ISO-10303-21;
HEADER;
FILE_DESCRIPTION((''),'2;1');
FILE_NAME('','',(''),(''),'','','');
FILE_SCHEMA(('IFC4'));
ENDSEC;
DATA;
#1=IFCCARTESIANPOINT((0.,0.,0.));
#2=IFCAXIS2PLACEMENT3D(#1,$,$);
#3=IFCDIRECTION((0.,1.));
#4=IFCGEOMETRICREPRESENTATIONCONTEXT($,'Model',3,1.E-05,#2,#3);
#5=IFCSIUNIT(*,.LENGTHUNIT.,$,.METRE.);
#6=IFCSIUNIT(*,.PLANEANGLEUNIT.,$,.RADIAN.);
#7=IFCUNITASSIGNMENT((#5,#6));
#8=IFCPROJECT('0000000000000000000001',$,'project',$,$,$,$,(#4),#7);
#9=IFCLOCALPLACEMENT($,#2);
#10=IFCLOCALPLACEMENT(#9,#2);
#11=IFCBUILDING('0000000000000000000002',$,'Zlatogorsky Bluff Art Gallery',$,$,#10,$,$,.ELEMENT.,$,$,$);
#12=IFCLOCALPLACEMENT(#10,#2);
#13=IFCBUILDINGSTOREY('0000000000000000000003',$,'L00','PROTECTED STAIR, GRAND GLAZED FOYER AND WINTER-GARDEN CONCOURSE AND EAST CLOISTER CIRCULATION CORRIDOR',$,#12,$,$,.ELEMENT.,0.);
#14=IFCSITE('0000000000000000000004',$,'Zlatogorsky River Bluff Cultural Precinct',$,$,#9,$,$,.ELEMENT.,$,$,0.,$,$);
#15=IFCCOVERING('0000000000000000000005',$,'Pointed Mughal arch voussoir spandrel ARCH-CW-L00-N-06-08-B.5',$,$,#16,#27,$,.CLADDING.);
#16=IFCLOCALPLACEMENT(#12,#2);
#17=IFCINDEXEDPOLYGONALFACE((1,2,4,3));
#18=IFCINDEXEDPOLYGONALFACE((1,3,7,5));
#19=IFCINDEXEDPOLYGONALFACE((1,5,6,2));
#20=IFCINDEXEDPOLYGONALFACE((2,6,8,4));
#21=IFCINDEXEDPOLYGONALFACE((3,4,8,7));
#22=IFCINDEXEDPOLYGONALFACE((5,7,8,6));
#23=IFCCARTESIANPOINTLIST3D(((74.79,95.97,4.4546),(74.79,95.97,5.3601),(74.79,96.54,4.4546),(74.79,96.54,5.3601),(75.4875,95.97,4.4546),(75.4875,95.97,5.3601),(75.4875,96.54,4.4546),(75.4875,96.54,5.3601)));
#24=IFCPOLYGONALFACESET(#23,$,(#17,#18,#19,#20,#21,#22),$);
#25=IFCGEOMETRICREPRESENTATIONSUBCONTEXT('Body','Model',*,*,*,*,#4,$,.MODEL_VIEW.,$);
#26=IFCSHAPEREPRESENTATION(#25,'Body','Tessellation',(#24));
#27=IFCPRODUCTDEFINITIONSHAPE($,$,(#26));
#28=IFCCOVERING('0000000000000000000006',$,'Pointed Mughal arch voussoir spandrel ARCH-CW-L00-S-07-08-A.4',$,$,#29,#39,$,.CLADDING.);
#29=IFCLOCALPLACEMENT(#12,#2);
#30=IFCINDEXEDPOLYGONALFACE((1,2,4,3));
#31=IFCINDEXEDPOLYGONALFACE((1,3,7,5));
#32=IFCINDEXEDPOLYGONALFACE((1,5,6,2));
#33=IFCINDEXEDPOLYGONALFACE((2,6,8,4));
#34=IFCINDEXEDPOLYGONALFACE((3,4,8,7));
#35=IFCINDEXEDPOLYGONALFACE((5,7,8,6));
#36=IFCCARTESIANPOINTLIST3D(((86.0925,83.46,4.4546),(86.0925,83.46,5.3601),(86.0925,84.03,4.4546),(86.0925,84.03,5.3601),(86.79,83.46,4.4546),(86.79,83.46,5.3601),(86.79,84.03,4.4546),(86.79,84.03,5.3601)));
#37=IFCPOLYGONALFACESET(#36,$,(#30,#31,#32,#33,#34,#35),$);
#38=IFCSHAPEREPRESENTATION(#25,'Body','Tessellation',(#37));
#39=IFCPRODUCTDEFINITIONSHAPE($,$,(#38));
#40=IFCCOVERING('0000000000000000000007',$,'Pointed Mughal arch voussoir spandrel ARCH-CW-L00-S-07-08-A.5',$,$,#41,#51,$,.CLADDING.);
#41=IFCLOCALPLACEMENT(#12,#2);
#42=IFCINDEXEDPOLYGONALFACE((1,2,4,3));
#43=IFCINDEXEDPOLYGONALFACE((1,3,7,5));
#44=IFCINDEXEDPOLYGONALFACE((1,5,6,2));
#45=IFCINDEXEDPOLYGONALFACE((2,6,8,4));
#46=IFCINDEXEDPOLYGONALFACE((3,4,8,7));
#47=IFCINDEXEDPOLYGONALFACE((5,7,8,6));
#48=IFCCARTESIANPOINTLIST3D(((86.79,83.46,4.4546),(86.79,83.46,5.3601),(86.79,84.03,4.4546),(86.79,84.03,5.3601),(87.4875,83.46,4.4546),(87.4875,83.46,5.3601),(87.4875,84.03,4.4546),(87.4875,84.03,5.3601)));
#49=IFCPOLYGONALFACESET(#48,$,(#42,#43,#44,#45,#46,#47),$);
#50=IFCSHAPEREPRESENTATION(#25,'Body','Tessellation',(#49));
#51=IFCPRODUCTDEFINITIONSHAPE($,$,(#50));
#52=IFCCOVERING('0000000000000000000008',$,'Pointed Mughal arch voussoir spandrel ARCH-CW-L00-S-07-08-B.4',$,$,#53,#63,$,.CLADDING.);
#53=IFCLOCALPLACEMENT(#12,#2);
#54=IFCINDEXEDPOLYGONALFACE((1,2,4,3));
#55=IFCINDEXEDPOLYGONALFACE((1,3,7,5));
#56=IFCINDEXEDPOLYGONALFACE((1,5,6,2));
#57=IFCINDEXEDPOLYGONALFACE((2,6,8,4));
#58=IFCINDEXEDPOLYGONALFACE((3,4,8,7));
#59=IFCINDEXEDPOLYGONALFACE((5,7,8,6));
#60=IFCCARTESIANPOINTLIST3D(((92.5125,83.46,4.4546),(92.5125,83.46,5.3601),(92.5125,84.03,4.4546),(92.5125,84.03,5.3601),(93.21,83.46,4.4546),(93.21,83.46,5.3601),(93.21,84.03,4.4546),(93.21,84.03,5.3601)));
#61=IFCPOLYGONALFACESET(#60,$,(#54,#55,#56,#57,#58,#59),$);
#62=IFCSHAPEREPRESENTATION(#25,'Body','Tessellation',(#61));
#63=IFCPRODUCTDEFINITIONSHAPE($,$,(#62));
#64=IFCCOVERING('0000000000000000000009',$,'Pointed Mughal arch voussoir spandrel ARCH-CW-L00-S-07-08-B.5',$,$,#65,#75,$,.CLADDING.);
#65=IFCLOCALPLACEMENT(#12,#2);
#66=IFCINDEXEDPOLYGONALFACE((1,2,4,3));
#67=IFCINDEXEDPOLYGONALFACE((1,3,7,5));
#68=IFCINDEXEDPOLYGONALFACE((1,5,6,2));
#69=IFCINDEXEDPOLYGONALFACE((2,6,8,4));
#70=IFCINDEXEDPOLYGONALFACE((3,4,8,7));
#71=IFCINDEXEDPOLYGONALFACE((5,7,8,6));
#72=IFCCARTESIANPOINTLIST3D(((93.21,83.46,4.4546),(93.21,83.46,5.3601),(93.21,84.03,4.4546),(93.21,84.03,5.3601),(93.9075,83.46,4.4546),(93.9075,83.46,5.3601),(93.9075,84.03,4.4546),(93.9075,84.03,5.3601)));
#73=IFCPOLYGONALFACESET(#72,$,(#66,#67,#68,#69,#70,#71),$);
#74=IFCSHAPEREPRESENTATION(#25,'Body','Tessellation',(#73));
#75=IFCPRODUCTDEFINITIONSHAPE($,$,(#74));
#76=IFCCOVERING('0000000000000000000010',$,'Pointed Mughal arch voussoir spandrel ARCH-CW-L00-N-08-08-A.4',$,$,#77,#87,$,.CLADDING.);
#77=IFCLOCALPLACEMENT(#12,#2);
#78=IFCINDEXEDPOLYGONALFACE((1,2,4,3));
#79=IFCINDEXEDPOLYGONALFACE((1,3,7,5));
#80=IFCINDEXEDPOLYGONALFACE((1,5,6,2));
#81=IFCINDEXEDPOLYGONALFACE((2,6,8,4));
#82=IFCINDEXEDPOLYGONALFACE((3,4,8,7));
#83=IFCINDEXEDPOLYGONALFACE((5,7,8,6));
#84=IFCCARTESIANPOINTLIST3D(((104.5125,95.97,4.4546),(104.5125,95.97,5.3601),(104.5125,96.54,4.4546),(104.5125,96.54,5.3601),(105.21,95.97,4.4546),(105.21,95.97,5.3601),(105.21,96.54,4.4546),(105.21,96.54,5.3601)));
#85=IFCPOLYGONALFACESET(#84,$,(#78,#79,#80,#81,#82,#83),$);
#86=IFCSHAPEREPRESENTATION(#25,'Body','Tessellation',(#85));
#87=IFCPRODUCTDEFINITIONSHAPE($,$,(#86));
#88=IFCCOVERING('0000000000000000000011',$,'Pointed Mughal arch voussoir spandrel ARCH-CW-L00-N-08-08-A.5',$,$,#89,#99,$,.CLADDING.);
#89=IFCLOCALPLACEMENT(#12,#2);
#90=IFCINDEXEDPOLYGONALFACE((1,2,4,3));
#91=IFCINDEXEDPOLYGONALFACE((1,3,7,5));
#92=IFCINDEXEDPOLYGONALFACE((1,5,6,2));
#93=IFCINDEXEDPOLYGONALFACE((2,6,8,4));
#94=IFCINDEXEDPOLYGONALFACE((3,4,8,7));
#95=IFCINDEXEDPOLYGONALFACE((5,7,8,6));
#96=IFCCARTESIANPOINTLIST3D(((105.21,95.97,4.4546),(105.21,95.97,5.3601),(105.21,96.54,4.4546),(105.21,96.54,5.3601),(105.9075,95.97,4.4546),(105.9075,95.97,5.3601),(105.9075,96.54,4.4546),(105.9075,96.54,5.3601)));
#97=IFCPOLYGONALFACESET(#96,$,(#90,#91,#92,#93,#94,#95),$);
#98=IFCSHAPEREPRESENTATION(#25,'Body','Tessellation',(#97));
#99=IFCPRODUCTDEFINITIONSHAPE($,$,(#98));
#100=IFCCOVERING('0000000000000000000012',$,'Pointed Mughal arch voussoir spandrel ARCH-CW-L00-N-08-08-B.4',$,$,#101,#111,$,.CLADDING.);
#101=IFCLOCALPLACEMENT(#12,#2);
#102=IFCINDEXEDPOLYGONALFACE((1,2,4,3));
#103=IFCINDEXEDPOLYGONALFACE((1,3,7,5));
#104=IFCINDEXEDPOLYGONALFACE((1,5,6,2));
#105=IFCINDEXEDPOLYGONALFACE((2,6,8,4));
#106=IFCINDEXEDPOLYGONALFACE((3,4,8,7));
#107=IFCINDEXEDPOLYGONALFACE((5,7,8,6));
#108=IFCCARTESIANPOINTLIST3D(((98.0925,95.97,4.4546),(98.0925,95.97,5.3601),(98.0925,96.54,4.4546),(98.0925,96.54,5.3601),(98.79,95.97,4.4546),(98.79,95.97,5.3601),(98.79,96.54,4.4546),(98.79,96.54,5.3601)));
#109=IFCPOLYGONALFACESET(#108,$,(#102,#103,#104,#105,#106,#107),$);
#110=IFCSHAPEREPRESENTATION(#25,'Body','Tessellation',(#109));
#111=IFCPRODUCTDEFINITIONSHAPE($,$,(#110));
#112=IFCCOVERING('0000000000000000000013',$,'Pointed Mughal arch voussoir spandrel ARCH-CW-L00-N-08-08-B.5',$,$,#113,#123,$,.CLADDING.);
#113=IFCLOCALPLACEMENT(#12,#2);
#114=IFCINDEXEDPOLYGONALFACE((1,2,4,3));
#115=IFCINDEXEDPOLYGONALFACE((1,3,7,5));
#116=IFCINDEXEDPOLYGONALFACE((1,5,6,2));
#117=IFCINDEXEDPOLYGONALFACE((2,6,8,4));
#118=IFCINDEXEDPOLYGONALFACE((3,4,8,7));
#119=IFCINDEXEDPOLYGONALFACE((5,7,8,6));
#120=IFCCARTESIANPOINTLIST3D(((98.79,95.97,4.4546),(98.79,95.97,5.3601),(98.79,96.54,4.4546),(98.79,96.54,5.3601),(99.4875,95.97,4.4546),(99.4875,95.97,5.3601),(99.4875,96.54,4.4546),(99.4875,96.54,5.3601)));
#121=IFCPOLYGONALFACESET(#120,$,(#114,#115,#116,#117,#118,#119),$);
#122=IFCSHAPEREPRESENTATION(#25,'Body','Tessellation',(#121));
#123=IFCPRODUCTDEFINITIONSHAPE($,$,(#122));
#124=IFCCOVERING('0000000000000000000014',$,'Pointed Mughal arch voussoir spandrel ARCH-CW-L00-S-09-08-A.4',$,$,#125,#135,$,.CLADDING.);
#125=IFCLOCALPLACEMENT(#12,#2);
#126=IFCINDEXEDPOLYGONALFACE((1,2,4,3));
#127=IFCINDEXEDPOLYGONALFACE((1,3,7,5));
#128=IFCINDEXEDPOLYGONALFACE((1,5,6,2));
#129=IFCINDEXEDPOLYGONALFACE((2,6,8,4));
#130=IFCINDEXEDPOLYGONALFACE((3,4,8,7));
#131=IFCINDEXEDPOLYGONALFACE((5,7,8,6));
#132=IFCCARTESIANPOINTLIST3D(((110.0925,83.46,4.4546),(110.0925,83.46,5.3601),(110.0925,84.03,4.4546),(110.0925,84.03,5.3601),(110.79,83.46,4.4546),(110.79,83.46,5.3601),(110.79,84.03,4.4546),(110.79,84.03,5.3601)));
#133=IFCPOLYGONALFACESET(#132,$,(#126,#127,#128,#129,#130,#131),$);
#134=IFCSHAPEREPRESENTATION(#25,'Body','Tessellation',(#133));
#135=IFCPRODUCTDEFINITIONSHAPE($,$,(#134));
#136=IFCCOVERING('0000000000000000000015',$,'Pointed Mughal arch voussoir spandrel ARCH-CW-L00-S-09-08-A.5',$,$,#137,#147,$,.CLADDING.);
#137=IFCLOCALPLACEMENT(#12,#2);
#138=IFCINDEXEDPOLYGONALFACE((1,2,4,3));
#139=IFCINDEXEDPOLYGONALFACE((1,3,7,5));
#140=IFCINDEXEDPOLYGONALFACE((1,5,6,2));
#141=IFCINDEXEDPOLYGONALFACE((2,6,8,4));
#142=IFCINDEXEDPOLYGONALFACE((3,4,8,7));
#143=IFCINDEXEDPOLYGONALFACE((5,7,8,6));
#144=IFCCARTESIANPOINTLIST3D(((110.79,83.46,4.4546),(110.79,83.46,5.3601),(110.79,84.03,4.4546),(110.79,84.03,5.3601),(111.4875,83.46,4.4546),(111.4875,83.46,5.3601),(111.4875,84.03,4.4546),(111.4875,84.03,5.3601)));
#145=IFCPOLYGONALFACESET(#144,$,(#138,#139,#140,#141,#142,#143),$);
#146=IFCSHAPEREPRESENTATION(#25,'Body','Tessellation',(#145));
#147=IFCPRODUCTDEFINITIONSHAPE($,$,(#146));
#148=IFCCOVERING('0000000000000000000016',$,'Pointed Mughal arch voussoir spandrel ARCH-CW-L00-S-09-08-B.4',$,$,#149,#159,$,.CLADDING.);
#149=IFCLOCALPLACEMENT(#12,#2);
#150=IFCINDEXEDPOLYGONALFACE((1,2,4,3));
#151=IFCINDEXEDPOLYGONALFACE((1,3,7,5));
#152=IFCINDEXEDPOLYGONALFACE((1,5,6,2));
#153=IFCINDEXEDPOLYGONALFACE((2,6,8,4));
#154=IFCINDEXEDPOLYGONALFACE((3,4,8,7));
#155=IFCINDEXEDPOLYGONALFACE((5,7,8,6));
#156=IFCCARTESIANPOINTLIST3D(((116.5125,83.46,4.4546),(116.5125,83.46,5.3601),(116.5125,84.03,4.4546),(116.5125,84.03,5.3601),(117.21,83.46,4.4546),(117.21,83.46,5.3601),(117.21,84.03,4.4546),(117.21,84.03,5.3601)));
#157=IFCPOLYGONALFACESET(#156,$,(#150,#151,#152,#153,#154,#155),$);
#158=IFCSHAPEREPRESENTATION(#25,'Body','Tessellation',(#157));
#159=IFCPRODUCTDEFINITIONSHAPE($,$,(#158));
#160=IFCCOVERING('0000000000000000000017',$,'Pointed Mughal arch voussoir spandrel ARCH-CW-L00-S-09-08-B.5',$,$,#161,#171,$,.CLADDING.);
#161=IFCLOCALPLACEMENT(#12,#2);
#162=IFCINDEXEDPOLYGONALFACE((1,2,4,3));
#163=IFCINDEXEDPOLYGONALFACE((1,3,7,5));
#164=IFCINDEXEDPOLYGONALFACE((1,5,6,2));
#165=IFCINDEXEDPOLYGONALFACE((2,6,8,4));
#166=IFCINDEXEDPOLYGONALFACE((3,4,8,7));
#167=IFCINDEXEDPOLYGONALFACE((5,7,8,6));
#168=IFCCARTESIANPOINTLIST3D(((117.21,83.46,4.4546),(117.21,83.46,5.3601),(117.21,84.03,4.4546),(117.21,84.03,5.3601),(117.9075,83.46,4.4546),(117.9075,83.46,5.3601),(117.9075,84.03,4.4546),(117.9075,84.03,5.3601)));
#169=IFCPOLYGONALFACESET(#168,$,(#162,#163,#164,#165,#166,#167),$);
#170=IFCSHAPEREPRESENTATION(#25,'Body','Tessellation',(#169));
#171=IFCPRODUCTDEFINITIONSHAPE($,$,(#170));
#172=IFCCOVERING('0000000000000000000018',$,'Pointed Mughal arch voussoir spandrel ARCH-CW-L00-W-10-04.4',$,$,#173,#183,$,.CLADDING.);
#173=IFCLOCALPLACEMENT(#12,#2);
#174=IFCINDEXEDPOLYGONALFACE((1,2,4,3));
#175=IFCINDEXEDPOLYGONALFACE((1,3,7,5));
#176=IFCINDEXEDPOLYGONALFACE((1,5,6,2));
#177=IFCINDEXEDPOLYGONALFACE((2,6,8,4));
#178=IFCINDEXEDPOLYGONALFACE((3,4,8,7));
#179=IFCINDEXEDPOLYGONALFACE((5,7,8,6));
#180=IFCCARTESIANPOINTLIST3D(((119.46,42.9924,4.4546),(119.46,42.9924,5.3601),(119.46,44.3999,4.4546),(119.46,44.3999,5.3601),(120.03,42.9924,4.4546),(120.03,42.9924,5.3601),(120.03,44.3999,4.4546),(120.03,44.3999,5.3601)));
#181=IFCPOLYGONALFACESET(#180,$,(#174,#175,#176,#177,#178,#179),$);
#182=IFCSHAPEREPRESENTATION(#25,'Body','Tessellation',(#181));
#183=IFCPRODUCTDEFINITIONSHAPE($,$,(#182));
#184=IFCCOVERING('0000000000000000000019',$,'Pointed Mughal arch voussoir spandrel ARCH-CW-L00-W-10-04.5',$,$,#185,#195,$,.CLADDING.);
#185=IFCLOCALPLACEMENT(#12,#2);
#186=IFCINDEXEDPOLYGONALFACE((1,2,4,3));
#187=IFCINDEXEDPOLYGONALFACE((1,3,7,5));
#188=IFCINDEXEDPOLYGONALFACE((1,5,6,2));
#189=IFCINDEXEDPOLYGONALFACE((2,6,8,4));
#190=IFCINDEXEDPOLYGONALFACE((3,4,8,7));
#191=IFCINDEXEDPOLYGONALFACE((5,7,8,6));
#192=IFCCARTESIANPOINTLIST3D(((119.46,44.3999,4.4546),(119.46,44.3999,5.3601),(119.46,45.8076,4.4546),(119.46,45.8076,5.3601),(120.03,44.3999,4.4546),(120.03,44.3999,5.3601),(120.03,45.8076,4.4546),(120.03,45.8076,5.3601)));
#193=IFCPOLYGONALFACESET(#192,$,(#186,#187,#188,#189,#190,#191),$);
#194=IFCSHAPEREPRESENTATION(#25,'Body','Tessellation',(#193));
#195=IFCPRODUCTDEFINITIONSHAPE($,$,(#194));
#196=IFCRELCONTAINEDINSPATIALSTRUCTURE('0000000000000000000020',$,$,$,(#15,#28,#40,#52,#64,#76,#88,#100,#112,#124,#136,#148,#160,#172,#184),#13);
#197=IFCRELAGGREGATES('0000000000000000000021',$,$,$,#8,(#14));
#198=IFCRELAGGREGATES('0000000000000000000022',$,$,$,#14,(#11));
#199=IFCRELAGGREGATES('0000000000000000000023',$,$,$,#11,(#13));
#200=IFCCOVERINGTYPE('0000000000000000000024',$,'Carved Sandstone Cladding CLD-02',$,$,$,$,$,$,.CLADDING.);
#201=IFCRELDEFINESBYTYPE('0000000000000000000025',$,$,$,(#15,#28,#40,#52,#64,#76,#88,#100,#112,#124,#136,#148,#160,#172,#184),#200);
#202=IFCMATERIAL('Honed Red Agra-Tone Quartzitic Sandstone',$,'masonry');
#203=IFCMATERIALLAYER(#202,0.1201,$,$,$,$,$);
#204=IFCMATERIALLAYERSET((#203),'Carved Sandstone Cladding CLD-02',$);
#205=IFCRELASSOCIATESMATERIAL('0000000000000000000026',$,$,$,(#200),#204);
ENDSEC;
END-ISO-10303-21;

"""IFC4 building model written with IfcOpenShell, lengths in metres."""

from ifc_helpers import new_model, si_unit, direction, frame, origin, place, context, subcontext, project, spatial, polyline, outline, extrude, material, layer, layer_set, type_object, element, save


model = new_model("IFC4")

# Units and contexts
model_context = context("Model", 3, precision=1e-05, world=origin(), true_north=direction((0.0, 1.0)))
body_context = subcontext(model_context, "Body", "Model", "MODEL_VIEW")
ifc_project = project(units=[si_unit("LENGTHUNIT", "METRE"), si_unit("PLANEANGLEUNIT", "RADIAN")], contexts=[model_context])

# Site, building, storey
site_placement = place(None, origin())
site = spatial("IfcSite", under=ifc_project, at=site_placement, Name="Zlatogorsky River Bluff Cultural Precinct", CompositionType="ELEMENT", RefElevation=0.0)
building_placement = place(site_placement, origin())
building = spatial("IfcBuilding", under=site, at=building_placement, Name="Zlatogorsky Bluff Art Gallery", CompositionType="ELEMENT")
storey_placement = place(building_placement, origin())
storey = spatial("IfcBuildingStorey", under=building, at=storey_placement, Name="L00", Description="PROTECTED STAIR, GRAND GLAZED FOYER AND WINTER-GARDEN CONCOURSE AND EAST CLOISTER CIRCULATION CORRIDOR", CompositionType="ELEMENT", Elevation=0.0)

# Coverings
ifc_material = material(Name="Honed Red Agra-Tone Quartzitic Sandstone", Category="masonry")
ifc_layer = layer(ifc_material, 0.1201)
ifc_layer_set = layer_set([ifc_layer], Name="Carved Sandstone Cladding CLD-02")
covering_type = type_object("IfcCoveringType", Name="Carved Sandstone Cladding CLD-02", PredefinedType="CLADDING", material=ifc_layer_set)
covering_1_placement = place(storey_placement, frame((0.0, 0.0, 4.4546)))
element("IfcCovering", 1, at=covering_1_placement, inside=storey, type_object=covering_type, Name="Pointed Mughal arch voussoir spandrel ARCH-CW-L00-N-06-08-B.5", PredefinedType="CLADDING", context=body_context, shape_type="SweptSolid", body=[
    extrude(outline(polyline([(74.79, 95.97), (75.4875, 95.97), (75.4875, 96.54), (74.79, 96.54), (74.79, 95.97)])), origin(), (0.0, 0.0, 1.0), 0.9055),
])
covering_2_placement = place(storey_placement, frame((0.0, 0.0, 4.4546)))
element("IfcCovering", 2, at=covering_2_placement, inside=storey, type_object=covering_type, Name="Pointed Mughal arch voussoir spandrel ARCH-CW-L00-S-07-08-A.4", PredefinedType="CLADDING", context=body_context, shape_type="SweptSolid", body=[
    extrude(outline(polyline([(86.0925, 83.46), (86.79, 83.46), (86.79, 84.03), (86.0925, 84.03), (86.0925, 83.46)])), origin(), (0.0, 0.0, 1.0), 0.9055),
])
covering_3_placement = place(storey_placement, frame((0.0, 0.0, 4.4546)))
element("IfcCovering", 3, at=covering_3_placement, inside=storey, type_object=covering_type, Name="Pointed Mughal arch voussoir spandrel ARCH-CW-L00-S-07-08-A.5", PredefinedType="CLADDING", context=body_context, shape_type="SweptSolid", body=[
    extrude(outline(polyline([(86.79, 83.46), (87.4875, 83.46), (87.4875, 84.03), (86.79, 84.03), (86.79, 83.46)])), origin(), (0.0, 0.0, 1.0), 0.9055),
])
covering_4_placement = place(storey_placement, frame((0.0, 0.0, 4.4546)))
element("IfcCovering", 4, at=covering_4_placement, inside=storey, type_object=covering_type, Name="Pointed Mughal arch voussoir spandrel ARCH-CW-L00-S-07-08-B.4", PredefinedType="CLADDING", context=body_context, shape_type="SweptSolid", body=[
    extrude(outline(polyline([(92.5125, 83.46), (93.21, 83.46), (93.21, 84.03), (92.5125, 84.03), (92.5125, 83.46)])), origin(), (0.0, 0.0, 1.0), 0.9055),
])
covering_5_placement = place(storey_placement, frame((0.0, 0.0, 4.4546)))
element("IfcCovering", 5, at=covering_5_placement, inside=storey, type_object=covering_type, Name="Pointed Mughal arch voussoir spandrel ARCH-CW-L00-S-07-08-B.5", PredefinedType="CLADDING", context=body_context, shape_type="SweptSolid", body=[
    extrude(outline(polyline([(93.21, 83.46), (93.9075, 83.46), (93.9075, 84.03), (93.21, 84.03), (93.21, 83.46)])), origin(), (0.0, 0.0, 1.0), 0.9055),
])
covering_6_placement = place(storey_placement, frame((0.0, 0.0, 4.4546)))
element("IfcCovering", 6, at=covering_6_placement, inside=storey, type_object=covering_type, Name="Pointed Mughal arch voussoir spandrel ARCH-CW-L00-N-08-08-A.4", PredefinedType="CLADDING", context=body_context, shape_type="SweptSolid", body=[
    extrude(outline(polyline([(104.5125, 95.97), (105.21, 95.97), (105.21, 96.54), (104.5125, 96.54), (104.5125, 95.97)])), origin(), (0.0, 0.0, 1.0), 0.9055),
])
covering_7_placement = place(storey_placement, frame((0.0, 0.0, 4.4546)))
element("IfcCovering", 7, at=covering_7_placement, inside=storey, type_object=covering_type, Name="Pointed Mughal arch voussoir spandrel ARCH-CW-L00-N-08-08-A.5", PredefinedType="CLADDING", context=body_context, shape_type="SweptSolid", body=[
    extrude(outline(polyline([(105.21, 95.97), (105.9075, 95.97), (105.9075, 96.54), (105.21, 96.54), (105.21, 95.97)])), origin(), (0.0, 0.0, 1.0), 0.9055),
])
covering_8_placement = place(storey_placement, frame((0.0, 0.0, 4.4546)))
element("IfcCovering", 8, at=covering_8_placement, inside=storey, type_object=covering_type, Name="Pointed Mughal arch voussoir spandrel ARCH-CW-L00-N-08-08-B.4", PredefinedType="CLADDING", context=body_context, shape_type="SweptSolid", body=[
    extrude(outline(polyline([(98.0925, 95.97), (98.79, 95.97), (98.79, 96.54), (98.0925, 96.54), (98.0925, 95.97)])), origin(), (0.0, 0.0, 1.0), 0.9055),
])
covering_9_placement = place(storey_placement, frame((0.0, 0.0, 4.4546)))
element("IfcCovering", 9, at=covering_9_placement, inside=storey, type_object=covering_type, Name="Pointed Mughal arch voussoir spandrel ARCH-CW-L00-N-08-08-B.5", PredefinedType="CLADDING", context=body_context, shape_type="SweptSolid", body=[
    extrude(outline(polyline([(98.79, 95.97), (99.4875, 95.97), (99.4875, 96.54), (98.79, 96.54), (98.79, 95.97)])), origin(), (0.0, 0.0, 1.0), 0.9055),
])
covering_10_placement = place(storey_placement, frame((0.0, 0.0, 4.4546)))
element("IfcCovering", 10, at=covering_10_placement, inside=storey, type_object=covering_type, Name="Pointed Mughal arch voussoir spandrel ARCH-CW-L00-S-09-08-A.4", PredefinedType="CLADDING", context=body_context, shape_type="SweptSolid", body=[
    extrude(outline(polyline([(110.0925, 83.46), (110.79, 83.46), (110.79, 84.03), (110.0925, 84.03), (110.0925, 83.46)])), origin(), (0.0, 0.0, 1.0), 0.9055),
])
covering_11_placement = place(storey_placement, frame((0.0, 0.0, 4.4546)))
element("IfcCovering", 11, at=covering_11_placement, inside=storey, type_object=covering_type, Name="Pointed Mughal arch voussoir spandrel ARCH-CW-L00-S-09-08-A.5", PredefinedType="CLADDING", context=body_context, shape_type="SweptSolid", body=[
    extrude(outline(polyline([(110.79, 83.46), (111.4875, 83.46), (111.4875, 84.03), (110.79, 84.03), (110.79, 83.46)])), origin(), (0.0, 0.0, 1.0), 0.9055),
])
covering_12_placement = place(storey_placement, frame((0.0, 0.0, 4.4546)))
element("IfcCovering", 12, at=covering_12_placement, inside=storey, type_object=covering_type, Name="Pointed Mughal arch voussoir spandrel ARCH-CW-L00-S-09-08-B.4", PredefinedType="CLADDING", context=body_context, shape_type="SweptSolid", body=[
    extrude(outline(polyline([(116.5125, 83.46), (117.21, 83.46), (117.21, 84.03), (116.5125, 84.03), (116.5125, 83.46)])), origin(), (0.0, 0.0, 1.0), 0.9055),
])
covering_13_placement = place(storey_placement, frame((0.0, 0.0, 4.4546)))
element("IfcCovering", 13, at=covering_13_placement, inside=storey, type_object=covering_type, Name="Pointed Mughal arch voussoir spandrel ARCH-CW-L00-S-09-08-B.5", PredefinedType="CLADDING", context=body_context, shape_type="SweptSolid", body=[
    extrude(outline(polyline([(117.21, 83.46), (117.9075, 83.46), (117.9075, 84.03), (117.21, 84.03), (117.21, 83.46)])), origin(), (0.0, 0.0, 1.0), 0.9055),
])
covering_14_placement = place(storey_placement, frame((0.0, 0.0, 4.4546)))
element("IfcCovering", 14, at=covering_14_placement, inside=storey, type_object=covering_type, Name="Pointed Mughal arch voussoir spandrel ARCH-CW-L00-W-10-04.4", PredefinedType="CLADDING", context=body_context, shape_type="SweptSolid", body=[
    extrude(outline(polyline([(119.46, 42.9924), (119.46, 44.3999), (120.03, 44.3999), (120.03, 42.9924), (119.46, 42.9924)])), origin(), (0.0, 0.0, 1.0), 0.9055),
])
covering_15_placement = place(storey_placement, frame((0.0, 0.0, 4.4546)))
element("IfcCovering", 15, at=covering_15_placement, inside=storey, type_object=covering_type, Name="Pointed Mughal arch voussoir spandrel ARCH-CW-L00-W-10-04.5", PredefinedType="CLADDING", context=body_context, shape_type="SweptSolid", body=[
    extrude(outline(polyline([(119.46, 44.3999), (119.46, 45.8076), (120.03, 45.8076), (120.03, 44.3999), (119.46, 44.3999)])), origin(), (0.0, 0.0, 1.0), 0.9055),
])

save(model, "model.ifc")
